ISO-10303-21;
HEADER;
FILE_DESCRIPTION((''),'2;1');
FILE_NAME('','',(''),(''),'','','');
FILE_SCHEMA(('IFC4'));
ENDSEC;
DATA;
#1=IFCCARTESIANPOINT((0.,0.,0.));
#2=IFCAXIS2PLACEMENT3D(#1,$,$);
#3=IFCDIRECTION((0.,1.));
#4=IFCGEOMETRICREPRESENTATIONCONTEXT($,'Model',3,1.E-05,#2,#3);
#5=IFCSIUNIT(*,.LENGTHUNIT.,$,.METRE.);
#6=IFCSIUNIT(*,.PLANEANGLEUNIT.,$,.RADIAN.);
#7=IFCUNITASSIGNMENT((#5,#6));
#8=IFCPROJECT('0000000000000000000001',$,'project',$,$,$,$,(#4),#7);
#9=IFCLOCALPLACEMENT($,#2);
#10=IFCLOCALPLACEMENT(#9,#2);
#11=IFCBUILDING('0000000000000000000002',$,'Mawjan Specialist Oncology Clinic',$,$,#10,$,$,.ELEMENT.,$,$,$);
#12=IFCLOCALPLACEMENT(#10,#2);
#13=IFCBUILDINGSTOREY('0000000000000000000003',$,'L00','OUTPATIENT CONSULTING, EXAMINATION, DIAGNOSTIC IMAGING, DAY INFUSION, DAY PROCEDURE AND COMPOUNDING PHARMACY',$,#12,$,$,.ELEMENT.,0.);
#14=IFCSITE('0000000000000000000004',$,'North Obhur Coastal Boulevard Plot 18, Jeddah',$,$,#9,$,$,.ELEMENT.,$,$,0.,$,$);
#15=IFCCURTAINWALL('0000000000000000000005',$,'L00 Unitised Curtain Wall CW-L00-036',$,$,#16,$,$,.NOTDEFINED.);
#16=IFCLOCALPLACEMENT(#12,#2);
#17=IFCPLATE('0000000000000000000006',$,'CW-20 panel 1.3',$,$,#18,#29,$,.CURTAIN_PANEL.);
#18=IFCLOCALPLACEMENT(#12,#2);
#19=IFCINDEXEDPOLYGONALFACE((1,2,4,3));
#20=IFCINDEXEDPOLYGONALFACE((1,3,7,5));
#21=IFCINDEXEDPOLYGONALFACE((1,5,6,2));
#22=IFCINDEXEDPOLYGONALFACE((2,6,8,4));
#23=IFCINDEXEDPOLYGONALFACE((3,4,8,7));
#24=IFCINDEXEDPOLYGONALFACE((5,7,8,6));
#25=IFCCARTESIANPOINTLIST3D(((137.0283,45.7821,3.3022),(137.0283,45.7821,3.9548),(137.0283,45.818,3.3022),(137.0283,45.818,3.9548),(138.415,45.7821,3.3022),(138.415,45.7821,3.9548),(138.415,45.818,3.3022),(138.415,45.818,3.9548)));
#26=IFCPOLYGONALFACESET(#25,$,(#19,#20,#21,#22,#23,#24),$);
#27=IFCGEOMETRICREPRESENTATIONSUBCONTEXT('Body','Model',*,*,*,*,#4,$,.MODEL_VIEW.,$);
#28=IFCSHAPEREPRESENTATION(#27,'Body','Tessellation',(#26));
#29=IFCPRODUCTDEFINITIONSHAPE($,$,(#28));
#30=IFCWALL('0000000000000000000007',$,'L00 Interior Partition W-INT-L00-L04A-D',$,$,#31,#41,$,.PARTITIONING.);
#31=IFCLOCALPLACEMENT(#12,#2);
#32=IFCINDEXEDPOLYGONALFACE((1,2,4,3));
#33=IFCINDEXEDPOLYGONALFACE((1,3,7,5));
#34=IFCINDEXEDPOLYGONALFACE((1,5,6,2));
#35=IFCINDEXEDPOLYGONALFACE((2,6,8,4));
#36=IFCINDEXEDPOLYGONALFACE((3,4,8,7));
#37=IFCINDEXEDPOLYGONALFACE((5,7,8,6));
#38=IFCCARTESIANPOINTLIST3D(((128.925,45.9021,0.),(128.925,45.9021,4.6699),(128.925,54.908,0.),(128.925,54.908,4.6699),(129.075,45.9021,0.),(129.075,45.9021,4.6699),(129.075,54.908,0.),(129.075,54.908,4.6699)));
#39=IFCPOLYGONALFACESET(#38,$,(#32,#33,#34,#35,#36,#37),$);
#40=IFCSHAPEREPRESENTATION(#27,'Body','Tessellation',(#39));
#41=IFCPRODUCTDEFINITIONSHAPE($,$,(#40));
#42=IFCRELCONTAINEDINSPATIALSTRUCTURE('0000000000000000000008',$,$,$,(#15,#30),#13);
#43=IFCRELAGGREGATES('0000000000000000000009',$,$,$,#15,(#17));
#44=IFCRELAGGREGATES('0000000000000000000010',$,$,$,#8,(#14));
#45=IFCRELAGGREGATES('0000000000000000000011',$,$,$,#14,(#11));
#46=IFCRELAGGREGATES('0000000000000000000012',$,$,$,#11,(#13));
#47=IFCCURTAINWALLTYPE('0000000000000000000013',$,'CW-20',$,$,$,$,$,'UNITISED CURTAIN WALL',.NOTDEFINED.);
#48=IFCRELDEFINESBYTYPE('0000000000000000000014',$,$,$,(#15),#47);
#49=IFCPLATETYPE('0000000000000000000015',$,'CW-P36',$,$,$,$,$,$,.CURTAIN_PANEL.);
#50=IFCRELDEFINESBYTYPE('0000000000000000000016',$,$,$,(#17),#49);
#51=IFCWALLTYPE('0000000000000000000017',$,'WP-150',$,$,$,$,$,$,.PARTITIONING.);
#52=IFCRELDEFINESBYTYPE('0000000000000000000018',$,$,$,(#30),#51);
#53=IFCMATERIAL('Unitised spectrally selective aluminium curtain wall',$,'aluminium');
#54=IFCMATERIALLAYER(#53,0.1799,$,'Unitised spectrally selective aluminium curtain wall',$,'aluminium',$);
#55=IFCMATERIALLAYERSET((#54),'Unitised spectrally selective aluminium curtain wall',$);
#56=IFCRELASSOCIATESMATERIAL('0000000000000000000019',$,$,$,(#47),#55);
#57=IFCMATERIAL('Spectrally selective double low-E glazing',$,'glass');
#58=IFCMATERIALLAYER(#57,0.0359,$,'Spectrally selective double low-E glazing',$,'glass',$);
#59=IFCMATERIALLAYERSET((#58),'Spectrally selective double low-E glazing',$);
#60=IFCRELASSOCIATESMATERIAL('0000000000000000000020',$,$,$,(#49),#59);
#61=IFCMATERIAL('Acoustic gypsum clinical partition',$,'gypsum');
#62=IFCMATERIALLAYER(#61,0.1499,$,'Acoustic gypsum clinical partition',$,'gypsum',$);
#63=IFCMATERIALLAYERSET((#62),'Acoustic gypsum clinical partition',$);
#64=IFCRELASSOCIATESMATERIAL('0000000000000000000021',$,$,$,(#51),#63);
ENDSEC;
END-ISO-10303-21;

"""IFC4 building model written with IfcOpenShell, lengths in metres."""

from ifc_helpers import new_model, si_unit, direction, frame, frame_2d, origin, origin_2d, place, context, subcontext, project, spatial, rectangle, extrude, material, layer, layer_set, type_object, element, aggregate, save


model = new_model("IFC4")

# Units and contexts
model_context = context("Model", 3, precision=1e-05, world=origin(), true_north=direction((0.0, 1.0)))
body_context = subcontext(model_context, "Body", "Model", "MODEL_VIEW")
ifc_project = project(units=[si_unit("LENGTHUNIT", "METRE"), si_unit("PLANEANGLEUNIT", "RADIAN")], contexts=[model_context])

# Site, building, storey
site_placement = place(None, origin())
site = spatial("IfcSite", under=ifc_project, at=site_placement, Name="North Obhur Coastal Boulevard Plot 18, Jeddah", CompositionType="ELEMENT", RefElevation=0.0)
building_placement = place(site_placement, origin())
building = spatial("IfcBuilding", under=site, at=building_placement, Name="Mawjan Specialist Oncology Clinic", CompositionType="ELEMENT")
storey_placement = place(building_placement, origin())
storey = spatial("IfcBuildingStorey", under=building, at=storey_placement, Name="L00", Description="OUTPATIENT CONSULTING, EXAMINATION, DIAGNOSTIC IMAGING, DAY INFUSION, DAY PROCEDURE AND COMPOUNDING PHARMACY", CompositionType="ELEMENT", Elevation=0.0)

# Curtain wall, plate
ifc_material_1 = material(Name="Unitised spectrally selective aluminium curtain wall", Category="aluminium")
ifc_layer_1 = layer(ifc_material_1, 0.1799, Name="Unitised spectrally selective aluminium curtain wall", Category="aluminium")
ifc_layer_set_1 = layer_set([ifc_layer_1], Name="Unitised spectrally selective aluminium curtain wall")
curtain_wall_type_1 = type_object("IfcCurtainWallType", Name="CW-20", ElementType="UNITISED CURTAIN WALL", PredefinedType="NOTDEFINED", material=ifc_layer_set_1)
curtain_wall_1_placement = place(storey_placement, origin())
curtain_wall_1 = element("IfcCurtainWall", 1, at=curtain_wall_1_placement, inside=storey, type_object=curtain_wall_type_1, Name="L00 Unitised Curtain Wall CW-L00-036", PredefinedType="NOTDEFINED")
ifc_material_2 = material(Name="Spectrally selective double low-E glazing", Category="glass")
ifc_layer_2 = layer(ifc_material_2, 0.0359, Name="Spectrally selective double low-E glazing", Category="glass")
ifc_layer_set_2 = layer_set([ifc_layer_2], Name="Spectrally selective double low-E glazing")
plate_type = type_object("IfcPlateType", Name="CW-P36", PredefinedType="CURTAIN_PANEL", material=ifc_layer_set_2)
plate_1_placement = place(storey_placement, frame((137.7217, 45.8, 3.3022), z_axis=(0.0, 0.0, 1.0), x_axis=(-1.0, 0.0, 0.0)))
plate_1 = element("IfcPlate", 2, at=plate_1_placement, type_object=plate_type, Name="CW-20 panel 1.3", PredefinedType="CURTAIN_PANEL", context=body_context, shape_type="SweptSolid", body=[
    extrude(rectangle(XDim=1.3867, YDim=0.0359, at=origin_2d()), origin(), (0.0, 0.0, 1.0), 0.6526),
])
aggregate(curtain_wall_1, [plate_1])

# Wall
ifc_material_3 = material(Name="Acoustic gypsum clinical partition", Category="gypsum")
ifc_layer_3 = layer(ifc_material_3, 0.1499, Name="Acoustic gypsum clinical partition", Category="gypsum")
ifc_layer_set_3 = layer_set([ifc_layer_3], Name="Acoustic gypsum clinical partition")
wall_type = type_object("IfcWallType", Name="WP-150", PredefinedType="PARTITIONING", material=ifc_layer_set_3)
wall_placement = place(storey_placement, frame((129.0, 45.9021, 0.0), z_axis=(0.0, 0.0, 1.0), x_axis=(0.0, 1.0, 0.0)))
element("IfcWall", 3, at=wall_placement, inside=storey, type_object=wall_type, Name="L00 Interior Partition W-INT-L00-L04A-D", PredefinedType="PARTITIONING", context=body_context, shape_type="SweptSolid", body=[
    extrude(rectangle(XDim=9.0059, YDim=0.1499, at=frame_2d((4.5029, 0.0))), origin(), (0.0, 0.0, 1.0), 4.6699),
])

save(model, "model.ifc")
